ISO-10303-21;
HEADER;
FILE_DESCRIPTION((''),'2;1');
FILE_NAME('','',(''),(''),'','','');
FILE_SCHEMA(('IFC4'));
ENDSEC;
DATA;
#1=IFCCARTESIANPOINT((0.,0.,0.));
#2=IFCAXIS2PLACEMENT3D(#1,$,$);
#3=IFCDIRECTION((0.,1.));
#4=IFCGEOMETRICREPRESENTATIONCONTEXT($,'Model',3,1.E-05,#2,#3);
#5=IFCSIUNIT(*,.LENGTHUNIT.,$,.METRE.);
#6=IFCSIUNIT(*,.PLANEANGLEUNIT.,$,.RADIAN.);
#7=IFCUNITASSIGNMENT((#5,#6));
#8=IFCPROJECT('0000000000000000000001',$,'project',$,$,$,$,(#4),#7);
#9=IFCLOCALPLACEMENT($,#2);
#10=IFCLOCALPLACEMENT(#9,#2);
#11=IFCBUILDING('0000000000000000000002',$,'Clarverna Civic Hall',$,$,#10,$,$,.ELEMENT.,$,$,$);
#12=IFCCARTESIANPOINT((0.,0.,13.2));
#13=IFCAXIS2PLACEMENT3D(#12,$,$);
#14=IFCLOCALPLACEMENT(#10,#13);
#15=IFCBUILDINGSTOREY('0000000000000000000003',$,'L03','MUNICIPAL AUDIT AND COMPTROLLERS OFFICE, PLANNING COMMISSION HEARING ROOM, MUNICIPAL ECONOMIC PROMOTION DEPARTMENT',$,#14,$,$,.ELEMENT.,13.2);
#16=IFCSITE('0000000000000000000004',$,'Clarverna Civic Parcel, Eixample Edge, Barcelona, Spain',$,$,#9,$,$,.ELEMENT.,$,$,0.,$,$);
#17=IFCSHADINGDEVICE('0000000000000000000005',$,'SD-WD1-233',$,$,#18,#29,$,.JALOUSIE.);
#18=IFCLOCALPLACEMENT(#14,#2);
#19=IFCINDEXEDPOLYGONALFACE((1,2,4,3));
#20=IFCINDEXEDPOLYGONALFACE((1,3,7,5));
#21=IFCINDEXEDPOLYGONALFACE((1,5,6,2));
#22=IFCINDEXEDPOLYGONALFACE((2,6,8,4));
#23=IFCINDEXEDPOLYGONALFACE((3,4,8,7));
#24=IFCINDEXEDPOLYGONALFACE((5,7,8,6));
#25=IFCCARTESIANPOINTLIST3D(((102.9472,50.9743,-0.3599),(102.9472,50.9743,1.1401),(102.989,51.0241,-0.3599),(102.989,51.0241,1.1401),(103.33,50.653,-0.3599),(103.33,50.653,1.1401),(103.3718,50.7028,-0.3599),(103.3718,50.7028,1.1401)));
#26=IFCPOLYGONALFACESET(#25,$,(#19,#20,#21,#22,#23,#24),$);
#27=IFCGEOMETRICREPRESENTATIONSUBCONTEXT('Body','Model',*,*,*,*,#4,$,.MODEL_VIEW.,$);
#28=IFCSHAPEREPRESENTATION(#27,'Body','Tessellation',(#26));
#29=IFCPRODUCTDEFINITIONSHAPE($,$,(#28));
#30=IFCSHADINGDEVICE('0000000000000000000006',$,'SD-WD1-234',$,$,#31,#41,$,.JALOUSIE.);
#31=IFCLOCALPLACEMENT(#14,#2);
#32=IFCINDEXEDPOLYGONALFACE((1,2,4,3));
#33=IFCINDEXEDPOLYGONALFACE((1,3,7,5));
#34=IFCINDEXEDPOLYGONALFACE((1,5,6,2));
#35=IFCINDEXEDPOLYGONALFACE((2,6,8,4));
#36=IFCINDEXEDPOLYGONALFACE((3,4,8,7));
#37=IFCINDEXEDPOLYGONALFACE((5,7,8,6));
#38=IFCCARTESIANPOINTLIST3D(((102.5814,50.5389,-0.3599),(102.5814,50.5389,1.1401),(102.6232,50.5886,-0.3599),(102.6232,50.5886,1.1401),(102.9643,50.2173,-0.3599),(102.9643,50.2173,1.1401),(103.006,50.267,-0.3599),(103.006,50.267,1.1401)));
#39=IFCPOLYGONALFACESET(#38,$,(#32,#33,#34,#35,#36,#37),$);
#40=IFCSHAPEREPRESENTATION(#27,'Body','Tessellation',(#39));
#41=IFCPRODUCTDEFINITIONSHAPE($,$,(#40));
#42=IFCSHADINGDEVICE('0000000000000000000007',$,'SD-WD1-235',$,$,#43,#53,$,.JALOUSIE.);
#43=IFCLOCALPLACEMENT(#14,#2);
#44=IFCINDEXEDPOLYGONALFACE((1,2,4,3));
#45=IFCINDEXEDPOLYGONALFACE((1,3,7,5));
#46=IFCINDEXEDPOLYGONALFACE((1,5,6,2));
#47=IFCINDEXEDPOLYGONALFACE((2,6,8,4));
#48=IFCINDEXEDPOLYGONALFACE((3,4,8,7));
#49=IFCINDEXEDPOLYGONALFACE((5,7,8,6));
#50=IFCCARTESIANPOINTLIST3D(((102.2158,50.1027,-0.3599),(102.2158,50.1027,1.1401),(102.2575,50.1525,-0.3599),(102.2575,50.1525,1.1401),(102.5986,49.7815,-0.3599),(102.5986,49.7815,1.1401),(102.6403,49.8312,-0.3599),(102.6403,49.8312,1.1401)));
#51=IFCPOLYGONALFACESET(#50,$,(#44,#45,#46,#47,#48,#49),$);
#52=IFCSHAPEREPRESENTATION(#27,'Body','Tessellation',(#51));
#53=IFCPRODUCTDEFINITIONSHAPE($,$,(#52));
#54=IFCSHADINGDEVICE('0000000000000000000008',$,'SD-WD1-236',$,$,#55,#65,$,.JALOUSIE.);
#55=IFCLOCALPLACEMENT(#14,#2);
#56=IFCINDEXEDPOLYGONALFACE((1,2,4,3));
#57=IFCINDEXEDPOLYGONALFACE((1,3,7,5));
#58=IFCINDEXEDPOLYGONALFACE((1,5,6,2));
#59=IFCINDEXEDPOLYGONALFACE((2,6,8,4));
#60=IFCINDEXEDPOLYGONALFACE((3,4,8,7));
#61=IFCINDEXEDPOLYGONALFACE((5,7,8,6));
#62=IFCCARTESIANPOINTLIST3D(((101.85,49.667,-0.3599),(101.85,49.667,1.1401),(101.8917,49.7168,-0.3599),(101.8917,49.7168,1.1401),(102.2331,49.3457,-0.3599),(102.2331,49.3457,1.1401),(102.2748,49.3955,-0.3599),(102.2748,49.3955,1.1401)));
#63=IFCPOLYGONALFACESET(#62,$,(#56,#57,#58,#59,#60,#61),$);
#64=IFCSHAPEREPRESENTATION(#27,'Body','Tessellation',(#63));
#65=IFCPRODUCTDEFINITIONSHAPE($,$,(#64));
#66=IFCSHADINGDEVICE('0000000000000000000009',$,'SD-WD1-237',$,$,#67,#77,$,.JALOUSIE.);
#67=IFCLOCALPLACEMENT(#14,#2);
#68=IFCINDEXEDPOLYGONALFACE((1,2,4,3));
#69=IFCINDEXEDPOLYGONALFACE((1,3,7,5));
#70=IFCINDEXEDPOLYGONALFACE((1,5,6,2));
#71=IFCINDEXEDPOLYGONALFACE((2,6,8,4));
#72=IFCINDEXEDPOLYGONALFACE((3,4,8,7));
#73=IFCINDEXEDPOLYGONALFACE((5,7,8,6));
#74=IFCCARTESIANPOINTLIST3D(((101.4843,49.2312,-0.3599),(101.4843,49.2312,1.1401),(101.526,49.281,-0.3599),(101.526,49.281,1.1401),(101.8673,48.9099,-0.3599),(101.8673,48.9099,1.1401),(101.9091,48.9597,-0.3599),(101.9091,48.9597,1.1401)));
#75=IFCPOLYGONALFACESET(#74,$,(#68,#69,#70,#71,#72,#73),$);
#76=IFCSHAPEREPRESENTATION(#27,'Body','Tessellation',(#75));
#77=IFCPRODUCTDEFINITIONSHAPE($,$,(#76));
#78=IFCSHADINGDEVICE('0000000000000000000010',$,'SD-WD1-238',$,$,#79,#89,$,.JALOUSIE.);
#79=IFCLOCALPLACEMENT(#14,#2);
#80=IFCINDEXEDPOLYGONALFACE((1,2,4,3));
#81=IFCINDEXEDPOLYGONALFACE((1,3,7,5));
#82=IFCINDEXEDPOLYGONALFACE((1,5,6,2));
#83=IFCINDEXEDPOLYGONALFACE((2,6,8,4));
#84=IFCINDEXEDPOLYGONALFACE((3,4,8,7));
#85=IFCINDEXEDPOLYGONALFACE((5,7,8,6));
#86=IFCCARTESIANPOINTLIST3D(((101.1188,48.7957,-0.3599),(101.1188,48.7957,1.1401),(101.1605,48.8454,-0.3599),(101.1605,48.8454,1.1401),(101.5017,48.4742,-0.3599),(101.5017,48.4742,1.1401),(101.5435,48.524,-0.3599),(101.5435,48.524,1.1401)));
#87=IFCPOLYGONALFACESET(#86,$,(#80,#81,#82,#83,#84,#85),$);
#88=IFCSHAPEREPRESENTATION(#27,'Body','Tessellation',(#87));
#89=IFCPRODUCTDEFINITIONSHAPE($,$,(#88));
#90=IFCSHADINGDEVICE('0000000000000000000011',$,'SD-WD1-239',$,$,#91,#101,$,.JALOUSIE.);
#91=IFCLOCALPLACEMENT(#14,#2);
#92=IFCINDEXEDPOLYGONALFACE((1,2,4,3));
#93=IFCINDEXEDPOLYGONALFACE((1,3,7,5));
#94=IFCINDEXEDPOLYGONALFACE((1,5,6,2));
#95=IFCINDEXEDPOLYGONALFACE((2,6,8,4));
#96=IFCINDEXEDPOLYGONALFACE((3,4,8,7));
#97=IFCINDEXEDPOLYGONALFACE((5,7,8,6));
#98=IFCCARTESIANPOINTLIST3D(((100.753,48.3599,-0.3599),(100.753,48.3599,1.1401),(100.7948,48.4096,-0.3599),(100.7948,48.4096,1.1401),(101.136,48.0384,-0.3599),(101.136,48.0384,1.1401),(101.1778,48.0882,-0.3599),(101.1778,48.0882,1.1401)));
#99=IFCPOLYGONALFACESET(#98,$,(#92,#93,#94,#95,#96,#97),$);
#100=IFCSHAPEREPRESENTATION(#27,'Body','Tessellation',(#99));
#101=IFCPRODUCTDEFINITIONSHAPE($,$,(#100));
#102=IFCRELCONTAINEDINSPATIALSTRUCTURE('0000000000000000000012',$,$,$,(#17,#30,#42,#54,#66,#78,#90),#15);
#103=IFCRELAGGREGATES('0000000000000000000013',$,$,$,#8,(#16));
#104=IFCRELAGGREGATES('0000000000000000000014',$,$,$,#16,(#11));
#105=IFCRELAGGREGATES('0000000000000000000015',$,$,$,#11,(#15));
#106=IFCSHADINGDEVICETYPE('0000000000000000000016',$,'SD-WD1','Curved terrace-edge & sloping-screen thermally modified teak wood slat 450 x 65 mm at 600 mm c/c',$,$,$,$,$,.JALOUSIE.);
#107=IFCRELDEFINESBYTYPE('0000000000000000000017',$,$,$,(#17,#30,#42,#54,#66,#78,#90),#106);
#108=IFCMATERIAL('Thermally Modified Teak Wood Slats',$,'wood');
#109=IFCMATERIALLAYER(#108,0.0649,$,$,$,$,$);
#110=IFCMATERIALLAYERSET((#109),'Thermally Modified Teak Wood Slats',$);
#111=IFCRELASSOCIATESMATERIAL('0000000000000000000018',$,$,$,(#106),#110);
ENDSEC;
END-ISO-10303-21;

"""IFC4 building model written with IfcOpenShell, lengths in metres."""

from ifc_helpers import new_model, si_unit, direction, frame, frame_2d, origin, place, context, subcontext, project, spatial, rectangle, extrude, material, layer, layer_set, type_object, element, save


model = new_model("IFC4")

# Units and contexts
model_context = context("Model", 3, precision=1e-05, world=origin(), true_north=direction((0.0, 1.0)))
body_context = subcontext(model_context, "Body", "Model", "MODEL_VIEW")
ifc_project = project(units=[si_unit("LENGTHUNIT", "METRE"), si_unit("PLANEANGLEUNIT", "RADIAN")], contexts=[model_context])

# Site, building, storey
site_placement = place(None, origin())
site = spatial("IfcSite", under=ifc_project, at=site_placement, Name="Clarverna Civic Parcel, Eixample Edge, Barcelona, Spain", CompositionType="ELEMENT", RefElevation=0.0)
building_placement = place(site_placement, origin())
building = spatial("IfcBuilding", under=site, at=building_placement, Name="Clarverna Civic Hall", CompositionType="ELEMENT")
storey_placement = place(building_placement, frame((0.0, 0.0, 13.2)))
storey = spatial("IfcBuildingStorey", under=building, at=storey_placement, Name="L03", Description="MUNICIPAL AUDIT AND COMPTROLLERS OFFICE, PLANNING COMMISSION HEARING ROOM, MUNICIPAL ECONOMIC PROMOTION DEPARTMENT", CompositionType="ELEMENT", Elevation=13.2)

# Shading devices
ifc_material_1 = material(Name="Thermally Modified Teak Wood Slats", Category="wood")
ifc_layer_1 = layer(ifc_material_1, 0.0649)
ifc_layer_set_1 = layer_set([ifc_layer_1], Name="Thermally Modified Teak Wood Slats")
shading_device_type = type_object("IfcShadingDeviceType", Name="SD-WD1", Description="Curved terrace-edge & sloping-screen thermally modified teak wood slat 450 x 65 mm at 600 mm c/c", PredefinedType="JALOUSIE", material=ifc_layer_set_1)
shading_device_1_placement = place(storey_placement, frame((102.968, 50.9993, -0.3599), z_axis=(0.0, 0.0, 1.0), x_axis=(0.765974, -0.642871, 0.0)))
element("IfcShadingDevice", 1, at=shading_device_1_placement, inside=storey, type_object=shading_device_type, Name="SD-WD1-233", PredefinedType="JALOUSIE", context=body_context, shape_type="SweptSolid", body=[
    extrude(rectangle(XDim=0.4998, YDim=0.0649, at=frame_2d((0.25, 0.0))), origin(), (0.0, 0.0, 1.0), 1.5),
])
shading_device_2_placement = place(storey_placement, frame((102.6023, 50.5637, -0.3599), z_axis=(0.0, 0.0, 1.0), x_axis=(0.765734, -0.643158, 0.0)))
element("IfcShadingDevice", 2, at=shading_device_2_placement, inside=storey, type_object=shading_device_type, Name="SD-WD1-234", PredefinedType="JALOUSIE", context=body_context, shape_type="SweptSolid", body=[
    extrude(rectangle(XDim=0.5, YDim=0.0649, at=frame_2d((0.25, 0.0))), origin(), (0.0, 0.0, 1.0), 1.5),
])
shading_device_3_placement = place(storey_placement, frame((102.2366, 50.1277, -0.3599), z_axis=(0.0, 0.0, 1.0), x_axis=(0.765974, -0.642871, 0.0)))
element("IfcShadingDevice", 3, at=shading_device_3_placement, inside=storey, type_object=shading_device_type, Name="SD-WD1-235", PredefinedType="JALOUSIE", context=body_context, shape_type="SweptSolid", body=[
    extrude(rectangle(XDim=0.4998, YDim=0.0649, at=frame_2d((0.25, 0.0))), origin(), (0.0, 0.0, 1.0), 1.5),
])
for number, where, z_axis, x_axis, name in (
    (4, (101.8708, 49.6919, -0.3599), (0.0, 0.0, 1.0), (0.766176, -0.642631, 0.0), "SD-WD1-236"),
    (5, (101.5051, 49.2561, -0.3599), (0.0, 0.0, 1.0), (0.766176, -0.642631, 0.0), "SD-WD1-237"),
    (6, (101.1396, 48.8206, -0.3599), (0.0, 0.0, 1.0), (0.765936, -0.642917, 0.0), "SD-WD1-238"),
    (7, (100.7739, 48.3848, -0.3599), (0.0, 0.0, 1.0), (0.765936, -0.642917, 0.0), "SD-WD1-239"),
):
    element("IfcShadingDevice", number, at=place(storey_placement, frame(where, z_axis=z_axis, x_axis=x_axis)), inside=storey, type_object=shading_device_type, Name=name, PredefinedType="JALOUSIE", context=body_context, shape_type="SweptSolid", body=[
        extrude(rectangle(XDim=0.5, YDim=0.0649, at=frame_2d((0.25, 0.0))), origin(), (0.0, 0.0, 1.0), 1.5),
    ])

save(model, "model.ifc")
